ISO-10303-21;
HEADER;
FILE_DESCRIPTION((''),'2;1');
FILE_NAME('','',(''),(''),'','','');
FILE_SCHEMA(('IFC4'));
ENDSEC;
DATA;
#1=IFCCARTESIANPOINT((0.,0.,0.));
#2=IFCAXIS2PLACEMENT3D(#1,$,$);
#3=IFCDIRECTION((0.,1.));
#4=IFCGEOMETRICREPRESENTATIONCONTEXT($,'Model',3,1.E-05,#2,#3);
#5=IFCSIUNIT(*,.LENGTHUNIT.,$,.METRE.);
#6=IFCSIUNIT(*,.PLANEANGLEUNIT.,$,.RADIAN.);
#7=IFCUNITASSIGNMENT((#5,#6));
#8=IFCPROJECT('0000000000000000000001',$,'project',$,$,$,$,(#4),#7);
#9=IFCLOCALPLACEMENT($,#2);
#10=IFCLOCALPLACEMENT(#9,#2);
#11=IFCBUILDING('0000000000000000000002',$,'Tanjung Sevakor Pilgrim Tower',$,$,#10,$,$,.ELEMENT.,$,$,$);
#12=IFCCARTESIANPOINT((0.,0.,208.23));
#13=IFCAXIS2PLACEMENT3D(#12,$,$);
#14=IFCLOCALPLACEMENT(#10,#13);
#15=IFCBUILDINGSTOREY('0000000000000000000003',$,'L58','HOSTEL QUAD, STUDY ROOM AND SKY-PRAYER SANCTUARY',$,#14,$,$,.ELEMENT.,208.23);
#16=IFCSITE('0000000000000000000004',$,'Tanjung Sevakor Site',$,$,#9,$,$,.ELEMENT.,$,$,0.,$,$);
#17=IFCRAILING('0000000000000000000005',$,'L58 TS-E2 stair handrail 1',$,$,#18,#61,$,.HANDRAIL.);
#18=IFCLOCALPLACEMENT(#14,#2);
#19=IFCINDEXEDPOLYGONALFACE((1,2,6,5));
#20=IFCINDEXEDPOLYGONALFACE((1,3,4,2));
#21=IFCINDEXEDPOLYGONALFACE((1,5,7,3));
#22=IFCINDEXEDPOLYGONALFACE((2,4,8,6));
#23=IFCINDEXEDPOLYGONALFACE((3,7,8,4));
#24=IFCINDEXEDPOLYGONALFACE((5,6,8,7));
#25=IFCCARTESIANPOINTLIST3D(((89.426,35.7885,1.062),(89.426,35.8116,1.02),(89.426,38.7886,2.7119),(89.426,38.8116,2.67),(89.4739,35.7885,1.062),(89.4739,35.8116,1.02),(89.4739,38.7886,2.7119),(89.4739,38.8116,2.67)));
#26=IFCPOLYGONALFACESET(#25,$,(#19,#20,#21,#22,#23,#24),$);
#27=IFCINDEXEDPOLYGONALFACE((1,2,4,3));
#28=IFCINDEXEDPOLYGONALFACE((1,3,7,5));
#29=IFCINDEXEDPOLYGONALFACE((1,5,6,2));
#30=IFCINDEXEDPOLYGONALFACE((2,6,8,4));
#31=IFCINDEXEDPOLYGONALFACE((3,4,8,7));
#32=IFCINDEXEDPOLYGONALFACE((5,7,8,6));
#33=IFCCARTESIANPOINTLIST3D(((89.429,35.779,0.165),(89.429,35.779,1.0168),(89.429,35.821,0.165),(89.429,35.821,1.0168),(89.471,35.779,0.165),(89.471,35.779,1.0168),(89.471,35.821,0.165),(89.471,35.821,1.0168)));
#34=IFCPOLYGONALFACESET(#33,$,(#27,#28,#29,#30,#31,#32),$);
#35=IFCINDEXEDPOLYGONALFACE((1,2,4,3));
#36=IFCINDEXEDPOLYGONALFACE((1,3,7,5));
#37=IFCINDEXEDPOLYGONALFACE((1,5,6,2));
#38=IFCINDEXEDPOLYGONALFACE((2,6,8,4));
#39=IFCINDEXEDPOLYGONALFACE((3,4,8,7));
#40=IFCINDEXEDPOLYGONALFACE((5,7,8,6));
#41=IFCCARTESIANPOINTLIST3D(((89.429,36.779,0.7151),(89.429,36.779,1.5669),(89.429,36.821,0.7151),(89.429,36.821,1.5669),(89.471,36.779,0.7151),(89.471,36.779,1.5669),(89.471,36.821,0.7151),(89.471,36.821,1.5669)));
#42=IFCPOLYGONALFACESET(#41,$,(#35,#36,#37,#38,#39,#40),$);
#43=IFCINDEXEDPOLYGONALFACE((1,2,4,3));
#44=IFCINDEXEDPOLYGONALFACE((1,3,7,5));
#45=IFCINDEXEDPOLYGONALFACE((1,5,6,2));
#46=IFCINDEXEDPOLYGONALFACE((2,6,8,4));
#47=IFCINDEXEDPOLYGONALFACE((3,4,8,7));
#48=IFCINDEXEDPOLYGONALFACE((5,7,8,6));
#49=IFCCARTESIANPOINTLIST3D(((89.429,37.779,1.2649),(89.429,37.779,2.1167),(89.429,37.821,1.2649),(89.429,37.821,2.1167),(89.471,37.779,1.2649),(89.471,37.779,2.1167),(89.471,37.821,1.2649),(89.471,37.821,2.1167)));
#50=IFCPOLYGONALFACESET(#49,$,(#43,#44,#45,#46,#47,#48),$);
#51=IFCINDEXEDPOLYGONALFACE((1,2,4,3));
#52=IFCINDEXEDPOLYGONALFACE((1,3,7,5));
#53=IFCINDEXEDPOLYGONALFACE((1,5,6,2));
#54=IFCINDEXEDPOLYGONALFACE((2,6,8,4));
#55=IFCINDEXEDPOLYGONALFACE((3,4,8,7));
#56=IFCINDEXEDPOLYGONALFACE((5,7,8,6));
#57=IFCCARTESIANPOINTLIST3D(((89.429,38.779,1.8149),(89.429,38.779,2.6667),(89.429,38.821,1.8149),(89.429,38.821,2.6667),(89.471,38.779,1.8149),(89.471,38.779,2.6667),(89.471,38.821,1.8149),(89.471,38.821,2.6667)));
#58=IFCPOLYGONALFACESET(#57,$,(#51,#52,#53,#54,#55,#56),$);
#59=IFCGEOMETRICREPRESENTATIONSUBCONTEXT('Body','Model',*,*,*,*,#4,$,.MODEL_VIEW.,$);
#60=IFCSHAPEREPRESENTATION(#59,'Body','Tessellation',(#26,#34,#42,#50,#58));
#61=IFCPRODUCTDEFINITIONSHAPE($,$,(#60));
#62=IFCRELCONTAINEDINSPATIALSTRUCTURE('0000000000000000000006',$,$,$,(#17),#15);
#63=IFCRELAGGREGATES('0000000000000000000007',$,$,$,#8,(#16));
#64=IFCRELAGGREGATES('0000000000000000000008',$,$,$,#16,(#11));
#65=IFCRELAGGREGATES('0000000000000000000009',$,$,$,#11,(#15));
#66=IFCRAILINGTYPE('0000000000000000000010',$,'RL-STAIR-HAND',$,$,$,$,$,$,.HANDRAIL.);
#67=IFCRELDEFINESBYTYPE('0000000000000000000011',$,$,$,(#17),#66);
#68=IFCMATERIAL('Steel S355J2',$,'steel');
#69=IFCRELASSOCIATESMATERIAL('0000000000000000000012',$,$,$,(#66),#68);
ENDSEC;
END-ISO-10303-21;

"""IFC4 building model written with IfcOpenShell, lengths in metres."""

from ifc_helpers import new_model, si_unit, direction, frame, origin, place, context, subcontext, project, spatial, rectangle, extrude, material, type_object, element, save


model = new_model("IFC4")

# Units and contexts
model_context = context("Model", 3, precision=1e-05, world=origin(), true_north=direction((0.0, 1.0)))
body_context = subcontext(model_context, "Body", "Model", "MODEL_VIEW")
ifc_project = project(units=[si_unit("LENGTHUNIT", "METRE"), si_unit("PLANEANGLEUNIT", "RADIAN")], contexts=[model_context])

# Site, building, storey
site_placement = place(None, origin())
site = spatial("IfcSite", under=ifc_project, at=site_placement, Name="Tanjung Sevakor Site", CompositionType="ELEMENT", RefElevation=0.0)
building_placement = place(site_placement, origin())
building = spatial("IfcBuilding", under=site, at=building_placement, Name="Tanjung Sevakor Pilgrim Tower", CompositionType="ELEMENT")
storey_placement = place(building_placement, frame((0.0, 0.0, 208.23)))
storey = spatial("IfcBuildingStorey", under=building, at=storey_placement, Name="L58", Description="HOSTEL QUAD, STUDY ROOM AND SKY-PRAYER SANCTUARY", CompositionType="ELEMENT", Elevation=208.23)

# Railing
ifc_material_1 = material(Name="Steel S355J2", Category="steel")
railing_type_1 = type_object("IfcRailingType", Name="RL-STAIR-HAND", PredefinedType="HANDRAIL", material=ifc_material_1)
railing_1_placement = place(storey_placement, frame((89.45, 35.8, 0.165)))
element("IfcRailing", 1, at=railing_1_placement, inside=storey, type_object=railing_type_1, Name="L58 TS-E2 stair handrail 1", PredefinedType="HANDRAIL", context=body_context, shape_type="SweptSolid", body=[
    extrude(rectangle(XDim=0.0479, YDim=0.0479), frame((0.0, 0.0, 0.876), z_axis=(0.0, 0.876228, 0.481897), x_axis=(-1.0, 0.0, 0.0)), (0.0, 0.0, 1.0), 3.4238),
    extrude(rectangle(XDim=0.042, YDim=0.042), origin(), (0.0, 0.0, 1.0), 0.8518),
    extrude(rectangle(XDim=0.042, YDim=0.042), frame((0.0, 1.0, 0.55)), (0.0, 0.0, 1.0), 0.8518),
    extrude(rectangle(XDim=0.042, YDim=0.042), frame((0.0, 2.0, 1.0999)), (0.0, 0.0, 1.0), 0.8518),
    extrude(rectangle(XDim=0.042, YDim=0.042), frame((0.0, 3.0, 1.6499)), (0.0, 0.0, 1.0), 0.8518),
])

save(model, "model.ifc")
